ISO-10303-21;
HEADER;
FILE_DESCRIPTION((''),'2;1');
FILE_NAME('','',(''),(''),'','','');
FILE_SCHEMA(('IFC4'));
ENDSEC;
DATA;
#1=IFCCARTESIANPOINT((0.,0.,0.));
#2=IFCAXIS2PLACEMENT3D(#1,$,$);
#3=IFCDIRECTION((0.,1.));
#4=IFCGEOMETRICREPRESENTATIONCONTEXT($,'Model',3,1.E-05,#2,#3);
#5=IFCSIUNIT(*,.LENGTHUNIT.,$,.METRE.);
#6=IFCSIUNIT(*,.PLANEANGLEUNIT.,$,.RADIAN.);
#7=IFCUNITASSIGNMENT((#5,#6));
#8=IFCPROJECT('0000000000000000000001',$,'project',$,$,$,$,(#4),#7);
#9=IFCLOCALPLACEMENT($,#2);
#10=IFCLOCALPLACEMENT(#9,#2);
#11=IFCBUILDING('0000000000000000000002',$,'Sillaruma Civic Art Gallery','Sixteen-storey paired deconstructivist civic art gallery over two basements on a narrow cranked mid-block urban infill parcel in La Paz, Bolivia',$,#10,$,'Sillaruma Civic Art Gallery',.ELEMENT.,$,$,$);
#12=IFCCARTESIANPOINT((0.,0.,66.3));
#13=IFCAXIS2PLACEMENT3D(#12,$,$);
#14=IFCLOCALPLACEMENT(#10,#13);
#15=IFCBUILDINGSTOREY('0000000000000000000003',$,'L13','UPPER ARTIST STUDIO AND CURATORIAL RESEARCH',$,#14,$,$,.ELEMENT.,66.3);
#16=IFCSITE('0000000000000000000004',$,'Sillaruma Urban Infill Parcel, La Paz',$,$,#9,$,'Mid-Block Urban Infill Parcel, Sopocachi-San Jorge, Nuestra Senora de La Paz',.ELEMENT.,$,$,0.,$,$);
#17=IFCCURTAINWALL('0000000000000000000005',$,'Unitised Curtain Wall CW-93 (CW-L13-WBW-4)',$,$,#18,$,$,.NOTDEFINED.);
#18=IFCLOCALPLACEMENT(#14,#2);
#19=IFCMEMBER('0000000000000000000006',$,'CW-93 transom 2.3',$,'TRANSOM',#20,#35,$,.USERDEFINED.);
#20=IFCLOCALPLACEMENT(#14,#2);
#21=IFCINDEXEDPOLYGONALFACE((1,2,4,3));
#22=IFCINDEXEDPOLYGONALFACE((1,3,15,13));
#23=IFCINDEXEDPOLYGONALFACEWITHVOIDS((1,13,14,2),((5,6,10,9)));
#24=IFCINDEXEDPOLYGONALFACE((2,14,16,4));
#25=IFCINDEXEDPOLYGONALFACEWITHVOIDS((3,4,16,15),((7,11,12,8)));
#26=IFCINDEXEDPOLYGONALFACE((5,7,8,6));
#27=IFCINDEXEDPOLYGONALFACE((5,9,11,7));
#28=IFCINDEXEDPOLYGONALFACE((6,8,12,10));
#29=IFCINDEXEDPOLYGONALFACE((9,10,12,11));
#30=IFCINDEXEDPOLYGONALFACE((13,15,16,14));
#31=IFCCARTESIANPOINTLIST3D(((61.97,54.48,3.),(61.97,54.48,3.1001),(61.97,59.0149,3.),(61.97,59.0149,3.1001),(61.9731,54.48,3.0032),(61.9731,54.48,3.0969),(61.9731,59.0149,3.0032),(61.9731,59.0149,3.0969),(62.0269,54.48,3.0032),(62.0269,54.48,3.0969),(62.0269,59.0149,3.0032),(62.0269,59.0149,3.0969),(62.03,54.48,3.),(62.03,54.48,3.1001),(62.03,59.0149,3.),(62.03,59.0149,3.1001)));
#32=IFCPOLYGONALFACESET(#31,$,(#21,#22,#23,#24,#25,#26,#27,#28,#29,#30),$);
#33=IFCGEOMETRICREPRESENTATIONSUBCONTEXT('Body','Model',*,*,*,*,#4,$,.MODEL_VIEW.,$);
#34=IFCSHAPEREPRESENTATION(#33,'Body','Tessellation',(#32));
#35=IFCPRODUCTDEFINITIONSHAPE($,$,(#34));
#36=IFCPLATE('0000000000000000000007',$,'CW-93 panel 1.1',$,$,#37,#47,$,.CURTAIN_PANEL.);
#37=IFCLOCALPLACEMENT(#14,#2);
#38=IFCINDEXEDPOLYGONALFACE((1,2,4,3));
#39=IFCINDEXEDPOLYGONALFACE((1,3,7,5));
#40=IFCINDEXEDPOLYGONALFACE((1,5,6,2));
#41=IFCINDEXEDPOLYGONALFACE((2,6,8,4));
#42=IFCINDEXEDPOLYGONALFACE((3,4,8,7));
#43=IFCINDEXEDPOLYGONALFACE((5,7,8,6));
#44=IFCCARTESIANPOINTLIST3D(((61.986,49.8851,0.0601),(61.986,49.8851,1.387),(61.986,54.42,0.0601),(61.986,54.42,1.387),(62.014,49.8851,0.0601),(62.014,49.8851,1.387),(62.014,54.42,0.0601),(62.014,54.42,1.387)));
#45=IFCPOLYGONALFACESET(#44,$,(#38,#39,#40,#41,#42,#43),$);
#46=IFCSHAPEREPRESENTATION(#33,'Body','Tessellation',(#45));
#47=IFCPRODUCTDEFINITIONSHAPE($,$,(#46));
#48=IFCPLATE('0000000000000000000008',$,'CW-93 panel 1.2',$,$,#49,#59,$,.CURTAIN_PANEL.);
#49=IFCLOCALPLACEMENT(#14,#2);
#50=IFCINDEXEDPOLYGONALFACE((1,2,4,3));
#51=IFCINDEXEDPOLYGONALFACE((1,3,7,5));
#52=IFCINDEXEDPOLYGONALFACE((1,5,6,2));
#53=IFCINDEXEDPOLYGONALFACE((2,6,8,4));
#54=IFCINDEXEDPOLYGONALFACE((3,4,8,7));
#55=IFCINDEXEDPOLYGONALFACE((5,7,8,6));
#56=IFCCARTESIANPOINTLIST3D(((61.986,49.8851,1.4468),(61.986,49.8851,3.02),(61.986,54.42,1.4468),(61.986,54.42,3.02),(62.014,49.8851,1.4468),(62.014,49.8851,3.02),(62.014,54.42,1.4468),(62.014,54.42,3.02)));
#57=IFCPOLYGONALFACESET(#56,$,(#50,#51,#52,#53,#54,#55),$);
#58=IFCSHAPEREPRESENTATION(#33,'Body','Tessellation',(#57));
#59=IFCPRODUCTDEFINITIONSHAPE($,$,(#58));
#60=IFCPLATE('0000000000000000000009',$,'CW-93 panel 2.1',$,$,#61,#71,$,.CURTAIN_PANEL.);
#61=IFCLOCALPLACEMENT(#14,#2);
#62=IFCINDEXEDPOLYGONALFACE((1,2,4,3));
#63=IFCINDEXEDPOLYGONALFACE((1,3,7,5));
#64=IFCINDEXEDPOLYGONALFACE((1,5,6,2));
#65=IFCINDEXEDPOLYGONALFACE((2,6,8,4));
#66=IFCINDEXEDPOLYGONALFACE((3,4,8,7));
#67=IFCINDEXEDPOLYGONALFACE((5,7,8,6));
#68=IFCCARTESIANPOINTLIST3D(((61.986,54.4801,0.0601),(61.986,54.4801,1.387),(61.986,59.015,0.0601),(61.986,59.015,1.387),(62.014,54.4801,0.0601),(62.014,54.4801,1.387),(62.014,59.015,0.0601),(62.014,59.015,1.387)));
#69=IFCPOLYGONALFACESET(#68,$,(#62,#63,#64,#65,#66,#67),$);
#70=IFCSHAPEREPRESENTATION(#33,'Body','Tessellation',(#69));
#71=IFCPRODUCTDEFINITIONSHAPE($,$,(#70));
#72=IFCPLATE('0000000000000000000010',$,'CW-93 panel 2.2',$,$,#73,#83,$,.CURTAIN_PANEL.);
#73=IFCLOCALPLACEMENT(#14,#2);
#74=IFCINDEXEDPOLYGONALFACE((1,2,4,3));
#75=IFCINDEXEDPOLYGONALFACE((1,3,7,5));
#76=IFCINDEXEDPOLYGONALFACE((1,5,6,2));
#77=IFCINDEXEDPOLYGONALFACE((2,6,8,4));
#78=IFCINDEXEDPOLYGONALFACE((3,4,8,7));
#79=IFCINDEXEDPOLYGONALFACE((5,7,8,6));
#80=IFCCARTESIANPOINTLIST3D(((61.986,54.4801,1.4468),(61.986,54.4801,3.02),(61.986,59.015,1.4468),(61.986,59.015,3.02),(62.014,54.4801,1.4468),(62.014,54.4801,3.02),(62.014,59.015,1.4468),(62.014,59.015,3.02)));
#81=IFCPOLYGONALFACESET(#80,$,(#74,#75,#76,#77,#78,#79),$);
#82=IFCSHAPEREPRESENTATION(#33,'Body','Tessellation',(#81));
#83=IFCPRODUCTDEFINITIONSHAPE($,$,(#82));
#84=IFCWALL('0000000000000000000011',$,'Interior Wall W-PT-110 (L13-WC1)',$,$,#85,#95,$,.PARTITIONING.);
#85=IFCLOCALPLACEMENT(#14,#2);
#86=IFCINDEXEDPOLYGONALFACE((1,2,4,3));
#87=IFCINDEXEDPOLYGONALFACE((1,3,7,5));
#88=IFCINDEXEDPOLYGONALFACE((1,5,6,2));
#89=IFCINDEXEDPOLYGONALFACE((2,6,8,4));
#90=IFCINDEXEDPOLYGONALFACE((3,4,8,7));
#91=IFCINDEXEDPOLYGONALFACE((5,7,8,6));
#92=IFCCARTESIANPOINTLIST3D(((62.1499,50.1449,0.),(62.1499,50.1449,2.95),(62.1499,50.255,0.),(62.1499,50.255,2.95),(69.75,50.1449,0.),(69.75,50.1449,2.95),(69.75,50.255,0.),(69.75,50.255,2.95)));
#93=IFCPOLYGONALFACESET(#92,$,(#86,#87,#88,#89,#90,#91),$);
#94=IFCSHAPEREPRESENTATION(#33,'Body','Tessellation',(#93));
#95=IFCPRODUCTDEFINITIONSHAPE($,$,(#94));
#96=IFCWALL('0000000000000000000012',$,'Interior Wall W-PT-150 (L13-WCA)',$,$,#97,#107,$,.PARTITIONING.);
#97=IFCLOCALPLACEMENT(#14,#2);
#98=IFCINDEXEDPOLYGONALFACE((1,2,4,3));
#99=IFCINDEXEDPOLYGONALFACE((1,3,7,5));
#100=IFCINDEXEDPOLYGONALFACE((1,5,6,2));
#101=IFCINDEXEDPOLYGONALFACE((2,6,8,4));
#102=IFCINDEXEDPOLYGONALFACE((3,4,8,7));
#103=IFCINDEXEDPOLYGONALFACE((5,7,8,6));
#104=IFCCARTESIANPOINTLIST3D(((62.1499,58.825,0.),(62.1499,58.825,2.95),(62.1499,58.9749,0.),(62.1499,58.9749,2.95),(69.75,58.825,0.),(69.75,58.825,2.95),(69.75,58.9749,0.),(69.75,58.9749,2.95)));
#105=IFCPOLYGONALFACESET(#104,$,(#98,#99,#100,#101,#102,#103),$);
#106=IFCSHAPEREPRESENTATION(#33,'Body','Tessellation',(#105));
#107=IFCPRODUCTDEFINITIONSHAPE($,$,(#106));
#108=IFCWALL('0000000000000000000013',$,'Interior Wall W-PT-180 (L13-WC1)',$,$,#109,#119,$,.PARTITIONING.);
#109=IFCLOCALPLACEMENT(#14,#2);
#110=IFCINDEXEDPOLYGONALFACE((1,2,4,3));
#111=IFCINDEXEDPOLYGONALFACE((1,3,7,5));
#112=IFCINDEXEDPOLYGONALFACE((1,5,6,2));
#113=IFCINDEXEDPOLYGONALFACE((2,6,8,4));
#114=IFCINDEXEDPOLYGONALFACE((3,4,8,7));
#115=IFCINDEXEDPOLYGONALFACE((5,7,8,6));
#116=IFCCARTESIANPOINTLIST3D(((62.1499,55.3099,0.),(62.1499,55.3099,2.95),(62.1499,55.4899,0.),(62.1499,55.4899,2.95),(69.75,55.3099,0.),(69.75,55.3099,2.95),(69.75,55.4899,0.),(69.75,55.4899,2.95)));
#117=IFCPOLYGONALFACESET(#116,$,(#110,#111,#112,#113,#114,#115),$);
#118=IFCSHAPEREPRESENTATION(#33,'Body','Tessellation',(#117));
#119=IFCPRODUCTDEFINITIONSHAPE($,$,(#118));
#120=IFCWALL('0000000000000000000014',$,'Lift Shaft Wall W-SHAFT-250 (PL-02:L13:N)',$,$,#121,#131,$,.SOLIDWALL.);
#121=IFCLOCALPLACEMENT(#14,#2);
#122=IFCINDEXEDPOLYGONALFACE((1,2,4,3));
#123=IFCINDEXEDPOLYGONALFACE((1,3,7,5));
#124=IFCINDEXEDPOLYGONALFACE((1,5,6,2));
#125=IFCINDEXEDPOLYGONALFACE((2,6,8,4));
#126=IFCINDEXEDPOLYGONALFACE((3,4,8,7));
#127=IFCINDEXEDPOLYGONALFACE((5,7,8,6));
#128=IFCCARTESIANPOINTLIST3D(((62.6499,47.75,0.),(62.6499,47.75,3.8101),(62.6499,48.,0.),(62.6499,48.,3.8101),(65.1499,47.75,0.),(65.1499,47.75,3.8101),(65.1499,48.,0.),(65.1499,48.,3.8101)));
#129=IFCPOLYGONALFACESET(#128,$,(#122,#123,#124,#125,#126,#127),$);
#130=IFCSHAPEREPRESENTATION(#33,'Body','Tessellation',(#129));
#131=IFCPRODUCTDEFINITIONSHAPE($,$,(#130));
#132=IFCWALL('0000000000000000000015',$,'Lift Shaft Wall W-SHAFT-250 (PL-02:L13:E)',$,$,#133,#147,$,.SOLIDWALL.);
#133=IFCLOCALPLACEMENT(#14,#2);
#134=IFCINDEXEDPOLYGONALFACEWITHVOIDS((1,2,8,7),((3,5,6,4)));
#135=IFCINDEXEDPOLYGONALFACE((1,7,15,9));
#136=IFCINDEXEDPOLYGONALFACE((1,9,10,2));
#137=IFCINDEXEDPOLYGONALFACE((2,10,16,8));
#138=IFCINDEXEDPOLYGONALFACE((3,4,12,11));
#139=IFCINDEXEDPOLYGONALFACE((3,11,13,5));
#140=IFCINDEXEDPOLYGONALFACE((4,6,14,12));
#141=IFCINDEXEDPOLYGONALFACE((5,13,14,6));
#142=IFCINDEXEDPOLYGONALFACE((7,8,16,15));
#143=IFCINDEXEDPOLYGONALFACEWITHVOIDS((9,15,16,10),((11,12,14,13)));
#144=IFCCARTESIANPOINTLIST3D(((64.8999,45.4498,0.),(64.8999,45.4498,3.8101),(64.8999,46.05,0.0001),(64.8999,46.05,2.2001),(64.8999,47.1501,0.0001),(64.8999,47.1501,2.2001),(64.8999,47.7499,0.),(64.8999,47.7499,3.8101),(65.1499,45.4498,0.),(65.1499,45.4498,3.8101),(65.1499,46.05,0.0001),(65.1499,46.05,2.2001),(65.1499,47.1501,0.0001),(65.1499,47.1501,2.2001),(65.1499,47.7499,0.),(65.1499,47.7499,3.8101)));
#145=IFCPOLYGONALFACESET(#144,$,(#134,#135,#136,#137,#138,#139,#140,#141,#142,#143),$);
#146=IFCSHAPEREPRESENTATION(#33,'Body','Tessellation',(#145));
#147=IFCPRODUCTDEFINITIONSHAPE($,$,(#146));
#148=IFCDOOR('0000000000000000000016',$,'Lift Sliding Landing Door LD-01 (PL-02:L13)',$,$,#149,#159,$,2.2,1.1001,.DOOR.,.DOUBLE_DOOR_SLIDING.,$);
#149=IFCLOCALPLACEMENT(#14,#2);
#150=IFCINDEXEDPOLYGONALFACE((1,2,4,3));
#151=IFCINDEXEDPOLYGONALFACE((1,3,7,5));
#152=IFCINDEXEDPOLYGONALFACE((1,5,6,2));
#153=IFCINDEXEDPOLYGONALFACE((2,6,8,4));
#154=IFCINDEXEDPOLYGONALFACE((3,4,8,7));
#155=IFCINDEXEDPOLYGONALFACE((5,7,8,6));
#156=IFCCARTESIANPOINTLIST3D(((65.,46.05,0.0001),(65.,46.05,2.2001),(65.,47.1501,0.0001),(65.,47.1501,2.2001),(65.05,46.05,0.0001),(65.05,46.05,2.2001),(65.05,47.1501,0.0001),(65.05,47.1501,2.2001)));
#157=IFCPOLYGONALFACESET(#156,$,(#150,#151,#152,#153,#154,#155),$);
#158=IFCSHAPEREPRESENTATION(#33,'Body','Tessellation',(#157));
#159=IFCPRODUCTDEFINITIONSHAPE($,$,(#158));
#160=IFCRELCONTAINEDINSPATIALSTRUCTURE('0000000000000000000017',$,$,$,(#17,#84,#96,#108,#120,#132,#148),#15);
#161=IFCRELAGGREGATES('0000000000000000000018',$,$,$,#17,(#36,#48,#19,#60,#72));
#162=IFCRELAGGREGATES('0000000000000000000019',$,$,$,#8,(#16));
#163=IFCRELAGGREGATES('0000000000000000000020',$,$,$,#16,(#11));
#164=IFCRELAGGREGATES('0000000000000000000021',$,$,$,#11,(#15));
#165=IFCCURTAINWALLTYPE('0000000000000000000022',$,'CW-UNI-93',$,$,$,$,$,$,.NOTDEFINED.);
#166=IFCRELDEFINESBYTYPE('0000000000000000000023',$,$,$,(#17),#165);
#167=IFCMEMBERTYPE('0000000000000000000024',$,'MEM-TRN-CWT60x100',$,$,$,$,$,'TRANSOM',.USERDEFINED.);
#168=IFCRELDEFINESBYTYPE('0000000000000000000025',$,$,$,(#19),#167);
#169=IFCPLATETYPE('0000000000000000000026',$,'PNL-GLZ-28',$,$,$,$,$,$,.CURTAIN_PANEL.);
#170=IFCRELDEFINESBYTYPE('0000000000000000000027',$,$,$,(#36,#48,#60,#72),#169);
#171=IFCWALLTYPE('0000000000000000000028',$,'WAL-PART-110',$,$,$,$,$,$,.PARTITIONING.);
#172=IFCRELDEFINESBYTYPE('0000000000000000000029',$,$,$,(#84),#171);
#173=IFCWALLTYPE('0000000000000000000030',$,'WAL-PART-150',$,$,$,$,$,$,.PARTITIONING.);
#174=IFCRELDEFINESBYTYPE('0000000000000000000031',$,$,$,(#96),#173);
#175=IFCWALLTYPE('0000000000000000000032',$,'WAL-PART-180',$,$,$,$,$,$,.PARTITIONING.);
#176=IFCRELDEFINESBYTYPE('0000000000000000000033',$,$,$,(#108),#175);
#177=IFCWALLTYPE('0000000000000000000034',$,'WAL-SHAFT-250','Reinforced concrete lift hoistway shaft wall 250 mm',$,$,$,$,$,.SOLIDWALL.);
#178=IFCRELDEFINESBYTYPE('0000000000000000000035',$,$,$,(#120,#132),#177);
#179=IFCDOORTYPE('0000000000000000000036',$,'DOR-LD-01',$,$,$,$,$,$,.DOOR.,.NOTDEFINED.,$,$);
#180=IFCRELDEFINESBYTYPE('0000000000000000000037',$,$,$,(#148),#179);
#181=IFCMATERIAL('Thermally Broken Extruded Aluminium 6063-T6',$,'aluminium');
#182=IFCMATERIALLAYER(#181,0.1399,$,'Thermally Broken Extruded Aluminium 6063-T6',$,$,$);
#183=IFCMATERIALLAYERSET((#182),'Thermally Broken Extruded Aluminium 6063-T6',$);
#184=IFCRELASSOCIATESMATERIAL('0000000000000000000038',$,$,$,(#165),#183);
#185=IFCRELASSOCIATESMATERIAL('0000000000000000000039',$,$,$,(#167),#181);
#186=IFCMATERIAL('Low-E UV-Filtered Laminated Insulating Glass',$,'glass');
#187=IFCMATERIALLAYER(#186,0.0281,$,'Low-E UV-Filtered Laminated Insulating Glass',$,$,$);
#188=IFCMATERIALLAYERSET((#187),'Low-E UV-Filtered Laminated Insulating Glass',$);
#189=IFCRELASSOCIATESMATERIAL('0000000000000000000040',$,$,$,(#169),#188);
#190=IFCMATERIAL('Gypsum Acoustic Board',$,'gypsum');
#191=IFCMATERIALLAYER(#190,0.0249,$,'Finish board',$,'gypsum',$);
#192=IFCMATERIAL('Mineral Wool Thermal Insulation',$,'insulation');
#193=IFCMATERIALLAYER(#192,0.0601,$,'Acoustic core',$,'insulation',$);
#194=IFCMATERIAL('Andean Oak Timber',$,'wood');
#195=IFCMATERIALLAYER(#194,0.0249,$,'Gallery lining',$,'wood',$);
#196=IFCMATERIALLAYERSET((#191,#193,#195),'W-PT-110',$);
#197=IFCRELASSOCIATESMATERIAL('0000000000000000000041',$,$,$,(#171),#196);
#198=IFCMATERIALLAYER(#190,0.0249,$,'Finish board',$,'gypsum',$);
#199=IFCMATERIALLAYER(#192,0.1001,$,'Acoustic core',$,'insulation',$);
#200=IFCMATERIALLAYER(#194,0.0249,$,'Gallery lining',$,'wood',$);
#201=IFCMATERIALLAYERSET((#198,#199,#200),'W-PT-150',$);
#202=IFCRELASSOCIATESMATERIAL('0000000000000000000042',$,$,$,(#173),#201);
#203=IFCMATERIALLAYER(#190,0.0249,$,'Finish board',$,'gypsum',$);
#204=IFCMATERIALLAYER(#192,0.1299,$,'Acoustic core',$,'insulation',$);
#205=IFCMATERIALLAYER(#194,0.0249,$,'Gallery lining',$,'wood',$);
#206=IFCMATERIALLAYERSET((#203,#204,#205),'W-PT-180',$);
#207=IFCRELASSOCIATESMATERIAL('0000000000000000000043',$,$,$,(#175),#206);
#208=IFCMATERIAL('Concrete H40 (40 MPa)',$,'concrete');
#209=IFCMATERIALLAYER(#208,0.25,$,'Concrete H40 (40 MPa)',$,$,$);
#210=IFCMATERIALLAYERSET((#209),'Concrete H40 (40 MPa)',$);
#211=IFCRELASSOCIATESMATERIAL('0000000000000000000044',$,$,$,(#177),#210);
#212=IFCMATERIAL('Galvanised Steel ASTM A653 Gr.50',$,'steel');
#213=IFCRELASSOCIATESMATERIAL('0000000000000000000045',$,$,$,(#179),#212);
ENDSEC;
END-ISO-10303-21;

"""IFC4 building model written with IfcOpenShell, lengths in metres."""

from ifc_helpers import new_model, si_unit, direction, frame, frame_2d, origin, origin_2d, place, context, subcontext, project, spatial, rectangle, hollow_rectangle, extrude, material, layer, layer_set, material_profile, profile_set, type_object, element, fill, aggregate, save


model = new_model("IFC4")

# Units and contexts
model_context = context("Model", 3, precision=1e-05, world=origin(), true_north=direction((0.0, 1.0)))
body_context = subcontext(model_context, "Body", "Model", "MODEL_VIEW")
ifc_project = project(units=[si_unit("LENGTHUNIT", "METRE"), si_unit("PLANEANGLEUNIT", "RADIAN")], contexts=[model_context])

# Site, building, storey
site_placement = place(None, origin())
site = spatial("IfcSite", under=ifc_project, at=site_placement, Name="Sillaruma Urban Infill Parcel, La Paz", LongName="Mid-Block Urban Infill Parcel, Sopocachi-San Jorge, Nuestra Senora de La Paz", CompositionType="ELEMENT", RefElevation=0.0)
building_placement = place(site_placement, origin())
building = spatial("IfcBuilding", under=site, at=building_placement, Name="Sillaruma Civic Art Gallery", Description="Sixteen-storey paired deconstructivist civic art gallery over two basements on a narrow cranked mid-block urban infill parcel in La Paz, Bolivia", LongName="Sillaruma Civic Art Gallery", CompositionType="ELEMENT")
storey_placement = place(building_placement, frame((0.0, 0.0, 66.3)))
storey = spatial("IfcBuildingStorey", under=building, at=storey_placement, Name="L13", Description="UPPER ARTIST STUDIO AND CURATORIAL RESEARCH", CompositionType="ELEMENT", Elevation=66.3)

# Shared definitions
ifc_material_1 = material(Name="Concrete H40 (40 MPa)", Category="concrete")

# Curtain wall
ifc_material_2 = material(Name="Thermally Broken Extruded Aluminium 6063-T6", Category="aluminium")
ifc_layer_1 = layer(ifc_material_2, 0.1399, Name="Thermally Broken Extruded Aluminium 6063-T6")
ifc_layer_set_1 = layer_set([ifc_layer_1], Name="Thermally Broken Extruded Aluminium 6063-T6")
curtain_wall_type_1 = type_object("IfcCurtainWallType", Name="CW-UNI-93", PredefinedType="NOTDEFINED", material=ifc_layer_set_1)
curtain_wall_1_placement = place(storey_placement, origin())
curtain_wall_1 = element("IfcCurtainWall", 1, at=curtain_wall_1_placement, inside=storey, type_object=curtain_wall_type_1, Name="Unitised Curtain Wall CW-93 (CW-L13-WBW-4)", PredefinedType="NOTDEFINED")

# Member
ifc_material_profile_1 = material_profile(ifc_material_2, hollow_rectangle(XDim=0.0601, YDim=0.1001, WallThickness=0.0032, at=origin_2d()), Name="CWT60x100")
ifc_profile_set_1 = profile_set([ifc_material_profile_1], Name="Thermally Broken Extruded Aluminium 6063-T6")
member_type_1 = type_object("IfcMemberType", Name="MEM-TRN-CWT60x100", ElementType="TRANSOM", PredefinedType="USERDEFINED", material=ifc_profile_set_1)
member_1_placement = place(storey_placement, frame((62.0, 54.48, 3.05), z_axis=(0.0, 1.0, 0.0), x_axis=(-1.0, 0.0, 0.0)))
member_1 = element("IfcMember", 2, at=member_1_placement, type_object=member_type_1, Name="CW-93 transom 2.3", ObjectType="TRANSOM", PredefinedType="USERDEFINED", context=body_context, shape_type="SweptSolid", body=[
    extrude(hollow_rectangle(XDim=0.0601, YDim=0.1001, WallThickness=0.0032, at=origin_2d()), origin(), (0.0, 0.0, 1.0), 4.5349),
])

# Plates
ifc_material_3 = material(Name="Low-E UV-Filtered Laminated Insulating Glass", Category="glass")
ifc_layer_2 = layer(ifc_material_3, 0.0281, Name="Low-E UV-Filtered Laminated Insulating Glass")
ifc_layer_set_2 = layer_set([ifc_layer_2], Name="Low-E UV-Filtered Laminated Insulating Glass")
plate_type = type_object("IfcPlateType", Name="PNL-GLZ-28", PredefinedType="CURTAIN_PANEL", material=ifc_layer_set_2)
plate_1_placement = place(storey_placement, frame((62.0, 52.1526, 0.0601), z_axis=(0.0, 0.0, 1.0), x_axis=(0.0, 1.0, 0.0)))
plate_1 = element("IfcPlate", 3, at=plate_1_placement, type_object=plate_type, Name="CW-93 panel 1.1", PredefinedType="CURTAIN_PANEL", context=body_context, shape_type="SweptSolid", body=[
    extrude(rectangle(XDim=4.5349, YDim=0.0281, at=origin_2d()), origin(), (0.0, 0.0, 1.0), 1.3269),
])
plate_2_placement = place(storey_placement, frame((62.0, 52.1526, 1.4468), z_axis=(0.0, 0.0, 1.0), x_axis=(0.0, 1.0, 0.0)))
plate_2 = element("IfcPlate", 4, at=plate_2_placement, type_object=plate_type, Name="CW-93 panel 1.2", PredefinedType="CURTAIN_PANEL", context=body_context, shape_type="SweptSolid", body=[
    extrude(rectangle(XDim=4.5349, YDim=0.0281, at=origin_2d()), origin(), (0.0, 0.0, 1.0), 1.5732),
])
plate_3_placement = place(storey_placement, frame((62.0, 56.7476, 0.0601), z_axis=(0.0, 0.0, 1.0), x_axis=(0.0, 1.0, 0.0)))
plate_3 = element("IfcPlate", 5, at=plate_3_placement, type_object=plate_type, Name="CW-93 panel 2.1", PredefinedType="CURTAIN_PANEL", context=body_context, shape_type="SweptSolid", body=[
    extrude(rectangle(XDim=4.5349, YDim=0.0281, at=origin_2d()), origin(), (0.0, 0.0, 1.0), 1.3269),
])
plate_4_placement = place(storey_placement, frame((62.0, 56.7476, 1.4468), z_axis=(0.0, 0.0, 1.0), x_axis=(0.0, 1.0, 0.0)))
plate_4 = element("IfcPlate", 6, at=plate_4_placement, type_object=plate_type, Name="CW-93 panel 2.2", PredefinedType="CURTAIN_PANEL", context=body_context, shape_type="SweptSolid", body=[
    extrude(rectangle(XDim=4.5349, YDim=0.0281, at=origin_2d()), origin(), (0.0, 0.0, 1.0), 1.5732),
])
aggregate(curtain_wall_1, [plate_1, plate_2, member_1, plate_3, plate_4])

# Walls
ifc_material_4 = material(Name="Gypsum Acoustic Board", Category="gypsum")
ifc_layer_3 = layer(ifc_material_4, 0.0249, Name="Finish board", Category="gypsum")
ifc_material_5 = material(Name="Mineral Wool Thermal Insulation", Category="insulation")
ifc_layer_4 = layer(ifc_material_5, 0.0601, Name="Acoustic core", Category="insulation")
ifc_material_6 = material(Name="Andean Oak Timber", Category="wood")
ifc_layer_5 = layer(ifc_material_6, 0.0249, Name="Gallery lining", Category="wood")
ifc_layer_set_3 = layer_set([ifc_layer_3, ifc_layer_4, ifc_layer_5], Name="W-PT-110")
wall_type_1 = type_object("IfcWallType", Name="WAL-PART-110", PredefinedType="PARTITIONING", material=ifc_layer_set_3)
wall_1_placement = place(storey_placement, frame((62.1499, 50.2, 0.0), z_axis=(0.0, 0.0, 1.0), x_axis=(1.0, 0.0, 0.0)))
element("IfcWall", 7, at=wall_1_placement, inside=storey, type_object=wall_type_1, Name="Interior Wall W-PT-110 (L13-WC1)", PredefinedType="PARTITIONING", context=body_context, shape_type="SweptSolid", body=[
    extrude(rectangle(XDim=7.6001, YDim=0.1101, at=frame_2d((3.8, 0.0))), origin(), (0.0, 0.0, 1.0), 2.95),
])
ifc_layer_6 = layer(ifc_material_4, 0.0249, Name="Finish board", Category="gypsum")
ifc_layer_7 = layer(ifc_material_5, 0.1001, Name="Acoustic core", Category="insulation")
ifc_layer_8 = layer(ifc_material_6, 0.0249, Name="Gallery lining", Category="wood")
ifc_layer_set_4 = layer_set([ifc_layer_6, ifc_layer_7, ifc_layer_8], Name="W-PT-150")
wall_type_2 = type_object("IfcWallType", Name="WAL-PART-150", PredefinedType="PARTITIONING", material=ifc_layer_set_4)
wall_2_placement = place(storey_placement, frame((62.1499, 58.8999, 0.0), z_axis=(0.0, 0.0, 1.0), x_axis=(1.0, 0.0, 0.0)))
element("IfcWall", 8, at=wall_2_placement, inside=storey, type_object=wall_type_2, Name="Interior Wall W-PT-150 (L13-WCA)", PredefinedType="PARTITIONING", context=body_context, shape_type="SweptSolid", body=[
    extrude(rectangle(XDim=7.6001, YDim=0.1499, at=frame_2d((3.8, 0.0))), origin(), (0.0, 0.0, 1.0), 2.95),
])
ifc_layer_9 = layer(ifc_material_4, 0.0249, Name="Finish board", Category="gypsum")
ifc_layer_10 = layer(ifc_material_5, 0.1299, Name="Acoustic core", Category="insulation")
ifc_layer_11 = layer(ifc_material_6, 0.0249, Name="Gallery lining", Category="wood")
ifc_layer_set_5 = layer_set([ifc_layer_9, ifc_layer_10, ifc_layer_11], Name="W-PT-180")
wall_type_3 = type_object("IfcWallType", Name="WAL-PART-180", PredefinedType="PARTITIONING", material=ifc_layer_set_5)
wall_3_placement = place(storey_placement, frame((62.1499, 55.3999, 0.0), z_axis=(0.0, 0.0, 1.0), x_axis=(1.0, 0.0, 0.0)))
element("IfcWall", 9, at=wall_3_placement, inside=storey, type_object=wall_type_3, Name="Interior Wall W-PT-180 (L13-WC1)", PredefinedType="PARTITIONING", context=body_context, shape_type="SweptSolid", body=[
    extrude(rectangle(XDim=7.6001, YDim=0.1799, at=frame_2d((3.8, 0.0))), origin(), (0.0, 0.0, 1.0), 2.95),
])
ifc_layer_12 = layer(ifc_material_1, 0.25, Name="Concrete H40 (40 MPa)")
ifc_layer_set_6 = layer_set([ifc_layer_12], Name="Concrete H40 (40 MPa)")
wall_type_4 = type_object("IfcWallType", Name="WAL-SHAFT-250", Description="Reinforced concrete lift hoistway shaft wall 250 mm", PredefinedType="SOLIDWALL", material=ifc_layer_set_6)
wall_4_placement = place(storey_placement, frame((62.6499, 47.875, 0.0), z_axis=(0.0, 0.0, 1.0), x_axis=(1.0, 0.0, 0.0)))
element("IfcWall", 10, at=wall_4_placement, inside=storey, type_object=wall_type_4, Name="Lift Shaft Wall W-SHAFT-250 (PL-02:L13:N)", PredefinedType="SOLIDWALL", context=body_context, shape_type="SweptSolid", body=[
    extrude(rectangle(XDim=2.5, YDim=0.25, at=frame_2d((1.25, 0.0))), origin(), (0.0, 0.0, 1.0), 3.8101),
])

# Wall, opening, door
wall_5_placement = place(storey_placement, frame((65.0249, 45.45, 0.0), z_axis=(0.0, 0.0, 1.0), x_axis=(0.0, 1.0, 0.0)))
wall_5 = element("IfcWall", 11, at=wall_5_placement, inside=storey, type_object=wall_type_4, Name="Lift Shaft Wall W-SHAFT-250 (PL-02:L13:E)", PredefinedType="SOLIDWALL", context=body_context, shape_type="SweptSolid", body=[
    extrude(rectangle(XDim=2.3, YDim=0.25, at=frame_2d((1.1499, 0.0))), origin(), (0.0, 0.0, 1.0), 3.8101),
])
opening_placement = place(wall_5_placement, frame((0.6001, 0.0, 0.0)))
opening = element("IfcOpeningElement", 12, at=opening_placement, cuts=wall_5, PredefinedType="OPENING", context=body_context, shape_type="SweptSolid", body=[
    extrude(rectangle(XDim=1.1001, YDim=2.2, at=frame_2d((0.55, 1.1001))), frame((0.0, 0.135, 0.0), z_axis=(0.0, -1.0, 0.0), x_axis=(1.0, 0.0, 0.0)), (0.0, 0.0, 1.0), 0.27),
])
ifc_material_7 = material(Name="Galvanised Steel ASTM A653 Gr.50", Category="steel")
door_type = type_object("IfcDoorType", Name="DOR-LD-01", OperationType="NOTDEFINED", PredefinedType="DOOR", material=ifc_material_7)
door_placement = place(opening_placement, origin())
door = element("IfcDoor", 13, at=door_placement, inside=storey, type_object=door_type, Name="Lift Sliding Landing Door LD-01 (PL-02:L13)", OperationType="DOUBLE_DOOR_SLIDING", OverallHeight=2.2, OverallWidth=1.1001, PredefinedType="DOOR", context=body_context, shape_type="SweptSolid", body=[
    extrude(rectangle(XDim=1.1001, YDim=2.2, at=frame_2d((0.55, 1.1001))), frame((0.0, 0.0249, 0.0), z_axis=(0.0, -1.0, 0.0), x_axis=(1.0, 0.0, 0.0)), (0.0, 0.0, 1.0), 0.05),
])
fill(opening, door)

save(model, "model.ifc")
